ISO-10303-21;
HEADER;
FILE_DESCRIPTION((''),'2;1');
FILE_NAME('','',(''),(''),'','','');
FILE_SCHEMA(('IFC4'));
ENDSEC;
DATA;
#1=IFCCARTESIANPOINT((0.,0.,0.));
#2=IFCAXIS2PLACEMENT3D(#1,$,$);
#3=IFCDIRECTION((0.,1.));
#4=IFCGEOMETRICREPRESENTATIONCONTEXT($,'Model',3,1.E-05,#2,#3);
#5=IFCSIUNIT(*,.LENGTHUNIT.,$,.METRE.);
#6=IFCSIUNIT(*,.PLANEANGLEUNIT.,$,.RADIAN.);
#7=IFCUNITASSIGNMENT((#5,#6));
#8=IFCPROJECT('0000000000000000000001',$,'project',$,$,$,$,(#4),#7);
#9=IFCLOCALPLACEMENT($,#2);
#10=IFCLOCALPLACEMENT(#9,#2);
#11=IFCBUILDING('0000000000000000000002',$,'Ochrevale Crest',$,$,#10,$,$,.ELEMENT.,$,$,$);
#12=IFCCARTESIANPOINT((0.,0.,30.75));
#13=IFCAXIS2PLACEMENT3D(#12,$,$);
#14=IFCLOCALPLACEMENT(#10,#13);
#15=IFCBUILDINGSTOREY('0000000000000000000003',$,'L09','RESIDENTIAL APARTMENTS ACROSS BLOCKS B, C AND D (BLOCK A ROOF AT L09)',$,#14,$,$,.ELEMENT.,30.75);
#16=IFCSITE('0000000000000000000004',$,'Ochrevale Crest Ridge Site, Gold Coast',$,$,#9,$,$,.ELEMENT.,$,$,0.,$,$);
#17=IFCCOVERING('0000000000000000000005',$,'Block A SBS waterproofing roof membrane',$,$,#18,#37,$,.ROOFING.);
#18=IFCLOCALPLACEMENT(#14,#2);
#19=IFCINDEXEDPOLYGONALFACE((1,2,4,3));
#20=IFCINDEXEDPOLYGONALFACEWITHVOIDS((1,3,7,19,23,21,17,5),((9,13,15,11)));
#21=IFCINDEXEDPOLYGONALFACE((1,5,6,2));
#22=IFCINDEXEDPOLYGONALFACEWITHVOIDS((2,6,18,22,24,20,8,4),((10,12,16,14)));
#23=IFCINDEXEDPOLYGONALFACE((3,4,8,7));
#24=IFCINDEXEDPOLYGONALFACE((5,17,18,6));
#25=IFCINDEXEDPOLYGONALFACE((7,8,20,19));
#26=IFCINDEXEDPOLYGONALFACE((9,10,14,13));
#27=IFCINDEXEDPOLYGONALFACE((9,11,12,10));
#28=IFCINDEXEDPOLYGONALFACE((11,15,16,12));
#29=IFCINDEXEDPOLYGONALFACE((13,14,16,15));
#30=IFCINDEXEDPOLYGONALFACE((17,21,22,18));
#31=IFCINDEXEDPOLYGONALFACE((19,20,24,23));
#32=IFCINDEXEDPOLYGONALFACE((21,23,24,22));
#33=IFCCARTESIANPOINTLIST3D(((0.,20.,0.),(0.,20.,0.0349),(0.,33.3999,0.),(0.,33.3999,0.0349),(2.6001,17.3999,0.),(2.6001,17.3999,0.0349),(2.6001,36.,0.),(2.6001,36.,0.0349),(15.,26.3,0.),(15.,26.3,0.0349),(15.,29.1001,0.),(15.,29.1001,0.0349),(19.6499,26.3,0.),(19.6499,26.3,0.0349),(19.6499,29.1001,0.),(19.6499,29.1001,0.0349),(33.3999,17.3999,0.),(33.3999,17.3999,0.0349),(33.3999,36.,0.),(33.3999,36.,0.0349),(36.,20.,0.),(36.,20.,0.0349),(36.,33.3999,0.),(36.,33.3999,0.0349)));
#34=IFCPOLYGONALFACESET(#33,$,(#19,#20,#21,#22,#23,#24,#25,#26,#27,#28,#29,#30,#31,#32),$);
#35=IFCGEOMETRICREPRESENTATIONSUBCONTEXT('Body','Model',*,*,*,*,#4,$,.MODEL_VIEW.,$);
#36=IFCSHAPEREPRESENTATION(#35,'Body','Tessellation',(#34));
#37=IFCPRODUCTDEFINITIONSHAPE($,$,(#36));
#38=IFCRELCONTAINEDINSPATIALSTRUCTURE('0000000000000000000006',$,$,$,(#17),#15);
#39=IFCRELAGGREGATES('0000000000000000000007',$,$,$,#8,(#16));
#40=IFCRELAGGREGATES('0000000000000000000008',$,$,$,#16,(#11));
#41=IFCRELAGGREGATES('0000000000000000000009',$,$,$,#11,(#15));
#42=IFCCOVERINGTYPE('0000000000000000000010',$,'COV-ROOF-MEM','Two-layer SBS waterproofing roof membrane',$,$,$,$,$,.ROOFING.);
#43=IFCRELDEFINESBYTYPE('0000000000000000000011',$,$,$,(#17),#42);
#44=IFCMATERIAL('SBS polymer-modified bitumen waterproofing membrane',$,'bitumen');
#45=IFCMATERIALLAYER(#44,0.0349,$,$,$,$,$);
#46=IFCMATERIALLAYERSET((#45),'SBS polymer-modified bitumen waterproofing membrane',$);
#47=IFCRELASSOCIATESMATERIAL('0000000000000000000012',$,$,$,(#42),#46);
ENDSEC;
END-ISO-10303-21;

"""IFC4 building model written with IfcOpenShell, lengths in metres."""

from ifc_helpers import new_model, si_unit, direction, frame, origin, place, context, subcontext, project, spatial, polyline, outline, extrude, material, layer, layer_set, type_object, element, save


model = new_model("IFC4")

# Units and contexts
model_context = context("Model", 3, precision=1e-05, world=origin(), true_north=direction((0.0, 1.0)))
body_context = subcontext(model_context, "Body", "Model", "MODEL_VIEW")
ifc_project = project(units=[si_unit("LENGTHUNIT", "METRE"), si_unit("PLANEANGLEUNIT", "RADIAN")], contexts=[model_context])

# Site, building, storey
site_placement = place(None, origin())
site = spatial("IfcSite", under=ifc_project, at=site_placement, Name="Ochrevale Crest Ridge Site, Gold Coast", CompositionType="ELEMENT", RefElevation=0.0)
building_placement = place(site_placement, origin())
building = spatial("IfcBuilding", under=site, at=building_placement, Name="Ochrevale Crest", CompositionType="ELEMENT")
storey_placement = place(building_placement, frame((0.0, 0.0, 30.75)))
storey = spatial("IfcBuildingStorey", under=building, at=storey_placement, Name="L09", Description="RESIDENTIAL APARTMENTS ACROSS BLOCKS B, C AND D (BLOCK A ROOF AT L09)", CompositionType="ELEMENT", Elevation=30.75)

# Covering
ifc_material_1 = material(Name="SBS polymer-modified bitumen waterproofing membrane", Category="bitumen")
ifc_layer_1 = layer(ifc_material_1, 0.0349)
ifc_layer_set_1 = layer_set([ifc_layer_1], Name="SBS polymer-modified bitumen waterproofing membrane")
covering_type_1 = type_object("IfcCoveringType", Name="COV-ROOF-MEM", Description="Two-layer SBS waterproofing roof membrane", PredefinedType="ROOFING", material=ifc_layer_set_1)
covering_1_placement = place(storey_placement, origin())
element("IfcCovering", 1, at=covering_1_placement, inside=storey, type_object=covering_type_1, Name="Block A SBS waterproofing roof membrane", PredefinedType="ROOFING", context=body_context, shape_type="SweptSolid", body=[
    extrude(outline(polyline([(2.6001, 17.3999), (33.3999, 17.3999), (36.0, 20.0), (36.0, 33.3999), (33.3999, 36.0), (2.6001, 36.0), (0.0, 33.3999), (0.0, 20.0), (2.6001, 17.3999)]), holes=[polyline([(15.0, 26.3), (19.6499, 26.3), (19.6499, 29.1001), (15.0, 29.1001), (15.0, 26.3)])]), origin(), (0.0, 0.0, 1.0), 0.0349),
])

save(model, "model.ifc")
